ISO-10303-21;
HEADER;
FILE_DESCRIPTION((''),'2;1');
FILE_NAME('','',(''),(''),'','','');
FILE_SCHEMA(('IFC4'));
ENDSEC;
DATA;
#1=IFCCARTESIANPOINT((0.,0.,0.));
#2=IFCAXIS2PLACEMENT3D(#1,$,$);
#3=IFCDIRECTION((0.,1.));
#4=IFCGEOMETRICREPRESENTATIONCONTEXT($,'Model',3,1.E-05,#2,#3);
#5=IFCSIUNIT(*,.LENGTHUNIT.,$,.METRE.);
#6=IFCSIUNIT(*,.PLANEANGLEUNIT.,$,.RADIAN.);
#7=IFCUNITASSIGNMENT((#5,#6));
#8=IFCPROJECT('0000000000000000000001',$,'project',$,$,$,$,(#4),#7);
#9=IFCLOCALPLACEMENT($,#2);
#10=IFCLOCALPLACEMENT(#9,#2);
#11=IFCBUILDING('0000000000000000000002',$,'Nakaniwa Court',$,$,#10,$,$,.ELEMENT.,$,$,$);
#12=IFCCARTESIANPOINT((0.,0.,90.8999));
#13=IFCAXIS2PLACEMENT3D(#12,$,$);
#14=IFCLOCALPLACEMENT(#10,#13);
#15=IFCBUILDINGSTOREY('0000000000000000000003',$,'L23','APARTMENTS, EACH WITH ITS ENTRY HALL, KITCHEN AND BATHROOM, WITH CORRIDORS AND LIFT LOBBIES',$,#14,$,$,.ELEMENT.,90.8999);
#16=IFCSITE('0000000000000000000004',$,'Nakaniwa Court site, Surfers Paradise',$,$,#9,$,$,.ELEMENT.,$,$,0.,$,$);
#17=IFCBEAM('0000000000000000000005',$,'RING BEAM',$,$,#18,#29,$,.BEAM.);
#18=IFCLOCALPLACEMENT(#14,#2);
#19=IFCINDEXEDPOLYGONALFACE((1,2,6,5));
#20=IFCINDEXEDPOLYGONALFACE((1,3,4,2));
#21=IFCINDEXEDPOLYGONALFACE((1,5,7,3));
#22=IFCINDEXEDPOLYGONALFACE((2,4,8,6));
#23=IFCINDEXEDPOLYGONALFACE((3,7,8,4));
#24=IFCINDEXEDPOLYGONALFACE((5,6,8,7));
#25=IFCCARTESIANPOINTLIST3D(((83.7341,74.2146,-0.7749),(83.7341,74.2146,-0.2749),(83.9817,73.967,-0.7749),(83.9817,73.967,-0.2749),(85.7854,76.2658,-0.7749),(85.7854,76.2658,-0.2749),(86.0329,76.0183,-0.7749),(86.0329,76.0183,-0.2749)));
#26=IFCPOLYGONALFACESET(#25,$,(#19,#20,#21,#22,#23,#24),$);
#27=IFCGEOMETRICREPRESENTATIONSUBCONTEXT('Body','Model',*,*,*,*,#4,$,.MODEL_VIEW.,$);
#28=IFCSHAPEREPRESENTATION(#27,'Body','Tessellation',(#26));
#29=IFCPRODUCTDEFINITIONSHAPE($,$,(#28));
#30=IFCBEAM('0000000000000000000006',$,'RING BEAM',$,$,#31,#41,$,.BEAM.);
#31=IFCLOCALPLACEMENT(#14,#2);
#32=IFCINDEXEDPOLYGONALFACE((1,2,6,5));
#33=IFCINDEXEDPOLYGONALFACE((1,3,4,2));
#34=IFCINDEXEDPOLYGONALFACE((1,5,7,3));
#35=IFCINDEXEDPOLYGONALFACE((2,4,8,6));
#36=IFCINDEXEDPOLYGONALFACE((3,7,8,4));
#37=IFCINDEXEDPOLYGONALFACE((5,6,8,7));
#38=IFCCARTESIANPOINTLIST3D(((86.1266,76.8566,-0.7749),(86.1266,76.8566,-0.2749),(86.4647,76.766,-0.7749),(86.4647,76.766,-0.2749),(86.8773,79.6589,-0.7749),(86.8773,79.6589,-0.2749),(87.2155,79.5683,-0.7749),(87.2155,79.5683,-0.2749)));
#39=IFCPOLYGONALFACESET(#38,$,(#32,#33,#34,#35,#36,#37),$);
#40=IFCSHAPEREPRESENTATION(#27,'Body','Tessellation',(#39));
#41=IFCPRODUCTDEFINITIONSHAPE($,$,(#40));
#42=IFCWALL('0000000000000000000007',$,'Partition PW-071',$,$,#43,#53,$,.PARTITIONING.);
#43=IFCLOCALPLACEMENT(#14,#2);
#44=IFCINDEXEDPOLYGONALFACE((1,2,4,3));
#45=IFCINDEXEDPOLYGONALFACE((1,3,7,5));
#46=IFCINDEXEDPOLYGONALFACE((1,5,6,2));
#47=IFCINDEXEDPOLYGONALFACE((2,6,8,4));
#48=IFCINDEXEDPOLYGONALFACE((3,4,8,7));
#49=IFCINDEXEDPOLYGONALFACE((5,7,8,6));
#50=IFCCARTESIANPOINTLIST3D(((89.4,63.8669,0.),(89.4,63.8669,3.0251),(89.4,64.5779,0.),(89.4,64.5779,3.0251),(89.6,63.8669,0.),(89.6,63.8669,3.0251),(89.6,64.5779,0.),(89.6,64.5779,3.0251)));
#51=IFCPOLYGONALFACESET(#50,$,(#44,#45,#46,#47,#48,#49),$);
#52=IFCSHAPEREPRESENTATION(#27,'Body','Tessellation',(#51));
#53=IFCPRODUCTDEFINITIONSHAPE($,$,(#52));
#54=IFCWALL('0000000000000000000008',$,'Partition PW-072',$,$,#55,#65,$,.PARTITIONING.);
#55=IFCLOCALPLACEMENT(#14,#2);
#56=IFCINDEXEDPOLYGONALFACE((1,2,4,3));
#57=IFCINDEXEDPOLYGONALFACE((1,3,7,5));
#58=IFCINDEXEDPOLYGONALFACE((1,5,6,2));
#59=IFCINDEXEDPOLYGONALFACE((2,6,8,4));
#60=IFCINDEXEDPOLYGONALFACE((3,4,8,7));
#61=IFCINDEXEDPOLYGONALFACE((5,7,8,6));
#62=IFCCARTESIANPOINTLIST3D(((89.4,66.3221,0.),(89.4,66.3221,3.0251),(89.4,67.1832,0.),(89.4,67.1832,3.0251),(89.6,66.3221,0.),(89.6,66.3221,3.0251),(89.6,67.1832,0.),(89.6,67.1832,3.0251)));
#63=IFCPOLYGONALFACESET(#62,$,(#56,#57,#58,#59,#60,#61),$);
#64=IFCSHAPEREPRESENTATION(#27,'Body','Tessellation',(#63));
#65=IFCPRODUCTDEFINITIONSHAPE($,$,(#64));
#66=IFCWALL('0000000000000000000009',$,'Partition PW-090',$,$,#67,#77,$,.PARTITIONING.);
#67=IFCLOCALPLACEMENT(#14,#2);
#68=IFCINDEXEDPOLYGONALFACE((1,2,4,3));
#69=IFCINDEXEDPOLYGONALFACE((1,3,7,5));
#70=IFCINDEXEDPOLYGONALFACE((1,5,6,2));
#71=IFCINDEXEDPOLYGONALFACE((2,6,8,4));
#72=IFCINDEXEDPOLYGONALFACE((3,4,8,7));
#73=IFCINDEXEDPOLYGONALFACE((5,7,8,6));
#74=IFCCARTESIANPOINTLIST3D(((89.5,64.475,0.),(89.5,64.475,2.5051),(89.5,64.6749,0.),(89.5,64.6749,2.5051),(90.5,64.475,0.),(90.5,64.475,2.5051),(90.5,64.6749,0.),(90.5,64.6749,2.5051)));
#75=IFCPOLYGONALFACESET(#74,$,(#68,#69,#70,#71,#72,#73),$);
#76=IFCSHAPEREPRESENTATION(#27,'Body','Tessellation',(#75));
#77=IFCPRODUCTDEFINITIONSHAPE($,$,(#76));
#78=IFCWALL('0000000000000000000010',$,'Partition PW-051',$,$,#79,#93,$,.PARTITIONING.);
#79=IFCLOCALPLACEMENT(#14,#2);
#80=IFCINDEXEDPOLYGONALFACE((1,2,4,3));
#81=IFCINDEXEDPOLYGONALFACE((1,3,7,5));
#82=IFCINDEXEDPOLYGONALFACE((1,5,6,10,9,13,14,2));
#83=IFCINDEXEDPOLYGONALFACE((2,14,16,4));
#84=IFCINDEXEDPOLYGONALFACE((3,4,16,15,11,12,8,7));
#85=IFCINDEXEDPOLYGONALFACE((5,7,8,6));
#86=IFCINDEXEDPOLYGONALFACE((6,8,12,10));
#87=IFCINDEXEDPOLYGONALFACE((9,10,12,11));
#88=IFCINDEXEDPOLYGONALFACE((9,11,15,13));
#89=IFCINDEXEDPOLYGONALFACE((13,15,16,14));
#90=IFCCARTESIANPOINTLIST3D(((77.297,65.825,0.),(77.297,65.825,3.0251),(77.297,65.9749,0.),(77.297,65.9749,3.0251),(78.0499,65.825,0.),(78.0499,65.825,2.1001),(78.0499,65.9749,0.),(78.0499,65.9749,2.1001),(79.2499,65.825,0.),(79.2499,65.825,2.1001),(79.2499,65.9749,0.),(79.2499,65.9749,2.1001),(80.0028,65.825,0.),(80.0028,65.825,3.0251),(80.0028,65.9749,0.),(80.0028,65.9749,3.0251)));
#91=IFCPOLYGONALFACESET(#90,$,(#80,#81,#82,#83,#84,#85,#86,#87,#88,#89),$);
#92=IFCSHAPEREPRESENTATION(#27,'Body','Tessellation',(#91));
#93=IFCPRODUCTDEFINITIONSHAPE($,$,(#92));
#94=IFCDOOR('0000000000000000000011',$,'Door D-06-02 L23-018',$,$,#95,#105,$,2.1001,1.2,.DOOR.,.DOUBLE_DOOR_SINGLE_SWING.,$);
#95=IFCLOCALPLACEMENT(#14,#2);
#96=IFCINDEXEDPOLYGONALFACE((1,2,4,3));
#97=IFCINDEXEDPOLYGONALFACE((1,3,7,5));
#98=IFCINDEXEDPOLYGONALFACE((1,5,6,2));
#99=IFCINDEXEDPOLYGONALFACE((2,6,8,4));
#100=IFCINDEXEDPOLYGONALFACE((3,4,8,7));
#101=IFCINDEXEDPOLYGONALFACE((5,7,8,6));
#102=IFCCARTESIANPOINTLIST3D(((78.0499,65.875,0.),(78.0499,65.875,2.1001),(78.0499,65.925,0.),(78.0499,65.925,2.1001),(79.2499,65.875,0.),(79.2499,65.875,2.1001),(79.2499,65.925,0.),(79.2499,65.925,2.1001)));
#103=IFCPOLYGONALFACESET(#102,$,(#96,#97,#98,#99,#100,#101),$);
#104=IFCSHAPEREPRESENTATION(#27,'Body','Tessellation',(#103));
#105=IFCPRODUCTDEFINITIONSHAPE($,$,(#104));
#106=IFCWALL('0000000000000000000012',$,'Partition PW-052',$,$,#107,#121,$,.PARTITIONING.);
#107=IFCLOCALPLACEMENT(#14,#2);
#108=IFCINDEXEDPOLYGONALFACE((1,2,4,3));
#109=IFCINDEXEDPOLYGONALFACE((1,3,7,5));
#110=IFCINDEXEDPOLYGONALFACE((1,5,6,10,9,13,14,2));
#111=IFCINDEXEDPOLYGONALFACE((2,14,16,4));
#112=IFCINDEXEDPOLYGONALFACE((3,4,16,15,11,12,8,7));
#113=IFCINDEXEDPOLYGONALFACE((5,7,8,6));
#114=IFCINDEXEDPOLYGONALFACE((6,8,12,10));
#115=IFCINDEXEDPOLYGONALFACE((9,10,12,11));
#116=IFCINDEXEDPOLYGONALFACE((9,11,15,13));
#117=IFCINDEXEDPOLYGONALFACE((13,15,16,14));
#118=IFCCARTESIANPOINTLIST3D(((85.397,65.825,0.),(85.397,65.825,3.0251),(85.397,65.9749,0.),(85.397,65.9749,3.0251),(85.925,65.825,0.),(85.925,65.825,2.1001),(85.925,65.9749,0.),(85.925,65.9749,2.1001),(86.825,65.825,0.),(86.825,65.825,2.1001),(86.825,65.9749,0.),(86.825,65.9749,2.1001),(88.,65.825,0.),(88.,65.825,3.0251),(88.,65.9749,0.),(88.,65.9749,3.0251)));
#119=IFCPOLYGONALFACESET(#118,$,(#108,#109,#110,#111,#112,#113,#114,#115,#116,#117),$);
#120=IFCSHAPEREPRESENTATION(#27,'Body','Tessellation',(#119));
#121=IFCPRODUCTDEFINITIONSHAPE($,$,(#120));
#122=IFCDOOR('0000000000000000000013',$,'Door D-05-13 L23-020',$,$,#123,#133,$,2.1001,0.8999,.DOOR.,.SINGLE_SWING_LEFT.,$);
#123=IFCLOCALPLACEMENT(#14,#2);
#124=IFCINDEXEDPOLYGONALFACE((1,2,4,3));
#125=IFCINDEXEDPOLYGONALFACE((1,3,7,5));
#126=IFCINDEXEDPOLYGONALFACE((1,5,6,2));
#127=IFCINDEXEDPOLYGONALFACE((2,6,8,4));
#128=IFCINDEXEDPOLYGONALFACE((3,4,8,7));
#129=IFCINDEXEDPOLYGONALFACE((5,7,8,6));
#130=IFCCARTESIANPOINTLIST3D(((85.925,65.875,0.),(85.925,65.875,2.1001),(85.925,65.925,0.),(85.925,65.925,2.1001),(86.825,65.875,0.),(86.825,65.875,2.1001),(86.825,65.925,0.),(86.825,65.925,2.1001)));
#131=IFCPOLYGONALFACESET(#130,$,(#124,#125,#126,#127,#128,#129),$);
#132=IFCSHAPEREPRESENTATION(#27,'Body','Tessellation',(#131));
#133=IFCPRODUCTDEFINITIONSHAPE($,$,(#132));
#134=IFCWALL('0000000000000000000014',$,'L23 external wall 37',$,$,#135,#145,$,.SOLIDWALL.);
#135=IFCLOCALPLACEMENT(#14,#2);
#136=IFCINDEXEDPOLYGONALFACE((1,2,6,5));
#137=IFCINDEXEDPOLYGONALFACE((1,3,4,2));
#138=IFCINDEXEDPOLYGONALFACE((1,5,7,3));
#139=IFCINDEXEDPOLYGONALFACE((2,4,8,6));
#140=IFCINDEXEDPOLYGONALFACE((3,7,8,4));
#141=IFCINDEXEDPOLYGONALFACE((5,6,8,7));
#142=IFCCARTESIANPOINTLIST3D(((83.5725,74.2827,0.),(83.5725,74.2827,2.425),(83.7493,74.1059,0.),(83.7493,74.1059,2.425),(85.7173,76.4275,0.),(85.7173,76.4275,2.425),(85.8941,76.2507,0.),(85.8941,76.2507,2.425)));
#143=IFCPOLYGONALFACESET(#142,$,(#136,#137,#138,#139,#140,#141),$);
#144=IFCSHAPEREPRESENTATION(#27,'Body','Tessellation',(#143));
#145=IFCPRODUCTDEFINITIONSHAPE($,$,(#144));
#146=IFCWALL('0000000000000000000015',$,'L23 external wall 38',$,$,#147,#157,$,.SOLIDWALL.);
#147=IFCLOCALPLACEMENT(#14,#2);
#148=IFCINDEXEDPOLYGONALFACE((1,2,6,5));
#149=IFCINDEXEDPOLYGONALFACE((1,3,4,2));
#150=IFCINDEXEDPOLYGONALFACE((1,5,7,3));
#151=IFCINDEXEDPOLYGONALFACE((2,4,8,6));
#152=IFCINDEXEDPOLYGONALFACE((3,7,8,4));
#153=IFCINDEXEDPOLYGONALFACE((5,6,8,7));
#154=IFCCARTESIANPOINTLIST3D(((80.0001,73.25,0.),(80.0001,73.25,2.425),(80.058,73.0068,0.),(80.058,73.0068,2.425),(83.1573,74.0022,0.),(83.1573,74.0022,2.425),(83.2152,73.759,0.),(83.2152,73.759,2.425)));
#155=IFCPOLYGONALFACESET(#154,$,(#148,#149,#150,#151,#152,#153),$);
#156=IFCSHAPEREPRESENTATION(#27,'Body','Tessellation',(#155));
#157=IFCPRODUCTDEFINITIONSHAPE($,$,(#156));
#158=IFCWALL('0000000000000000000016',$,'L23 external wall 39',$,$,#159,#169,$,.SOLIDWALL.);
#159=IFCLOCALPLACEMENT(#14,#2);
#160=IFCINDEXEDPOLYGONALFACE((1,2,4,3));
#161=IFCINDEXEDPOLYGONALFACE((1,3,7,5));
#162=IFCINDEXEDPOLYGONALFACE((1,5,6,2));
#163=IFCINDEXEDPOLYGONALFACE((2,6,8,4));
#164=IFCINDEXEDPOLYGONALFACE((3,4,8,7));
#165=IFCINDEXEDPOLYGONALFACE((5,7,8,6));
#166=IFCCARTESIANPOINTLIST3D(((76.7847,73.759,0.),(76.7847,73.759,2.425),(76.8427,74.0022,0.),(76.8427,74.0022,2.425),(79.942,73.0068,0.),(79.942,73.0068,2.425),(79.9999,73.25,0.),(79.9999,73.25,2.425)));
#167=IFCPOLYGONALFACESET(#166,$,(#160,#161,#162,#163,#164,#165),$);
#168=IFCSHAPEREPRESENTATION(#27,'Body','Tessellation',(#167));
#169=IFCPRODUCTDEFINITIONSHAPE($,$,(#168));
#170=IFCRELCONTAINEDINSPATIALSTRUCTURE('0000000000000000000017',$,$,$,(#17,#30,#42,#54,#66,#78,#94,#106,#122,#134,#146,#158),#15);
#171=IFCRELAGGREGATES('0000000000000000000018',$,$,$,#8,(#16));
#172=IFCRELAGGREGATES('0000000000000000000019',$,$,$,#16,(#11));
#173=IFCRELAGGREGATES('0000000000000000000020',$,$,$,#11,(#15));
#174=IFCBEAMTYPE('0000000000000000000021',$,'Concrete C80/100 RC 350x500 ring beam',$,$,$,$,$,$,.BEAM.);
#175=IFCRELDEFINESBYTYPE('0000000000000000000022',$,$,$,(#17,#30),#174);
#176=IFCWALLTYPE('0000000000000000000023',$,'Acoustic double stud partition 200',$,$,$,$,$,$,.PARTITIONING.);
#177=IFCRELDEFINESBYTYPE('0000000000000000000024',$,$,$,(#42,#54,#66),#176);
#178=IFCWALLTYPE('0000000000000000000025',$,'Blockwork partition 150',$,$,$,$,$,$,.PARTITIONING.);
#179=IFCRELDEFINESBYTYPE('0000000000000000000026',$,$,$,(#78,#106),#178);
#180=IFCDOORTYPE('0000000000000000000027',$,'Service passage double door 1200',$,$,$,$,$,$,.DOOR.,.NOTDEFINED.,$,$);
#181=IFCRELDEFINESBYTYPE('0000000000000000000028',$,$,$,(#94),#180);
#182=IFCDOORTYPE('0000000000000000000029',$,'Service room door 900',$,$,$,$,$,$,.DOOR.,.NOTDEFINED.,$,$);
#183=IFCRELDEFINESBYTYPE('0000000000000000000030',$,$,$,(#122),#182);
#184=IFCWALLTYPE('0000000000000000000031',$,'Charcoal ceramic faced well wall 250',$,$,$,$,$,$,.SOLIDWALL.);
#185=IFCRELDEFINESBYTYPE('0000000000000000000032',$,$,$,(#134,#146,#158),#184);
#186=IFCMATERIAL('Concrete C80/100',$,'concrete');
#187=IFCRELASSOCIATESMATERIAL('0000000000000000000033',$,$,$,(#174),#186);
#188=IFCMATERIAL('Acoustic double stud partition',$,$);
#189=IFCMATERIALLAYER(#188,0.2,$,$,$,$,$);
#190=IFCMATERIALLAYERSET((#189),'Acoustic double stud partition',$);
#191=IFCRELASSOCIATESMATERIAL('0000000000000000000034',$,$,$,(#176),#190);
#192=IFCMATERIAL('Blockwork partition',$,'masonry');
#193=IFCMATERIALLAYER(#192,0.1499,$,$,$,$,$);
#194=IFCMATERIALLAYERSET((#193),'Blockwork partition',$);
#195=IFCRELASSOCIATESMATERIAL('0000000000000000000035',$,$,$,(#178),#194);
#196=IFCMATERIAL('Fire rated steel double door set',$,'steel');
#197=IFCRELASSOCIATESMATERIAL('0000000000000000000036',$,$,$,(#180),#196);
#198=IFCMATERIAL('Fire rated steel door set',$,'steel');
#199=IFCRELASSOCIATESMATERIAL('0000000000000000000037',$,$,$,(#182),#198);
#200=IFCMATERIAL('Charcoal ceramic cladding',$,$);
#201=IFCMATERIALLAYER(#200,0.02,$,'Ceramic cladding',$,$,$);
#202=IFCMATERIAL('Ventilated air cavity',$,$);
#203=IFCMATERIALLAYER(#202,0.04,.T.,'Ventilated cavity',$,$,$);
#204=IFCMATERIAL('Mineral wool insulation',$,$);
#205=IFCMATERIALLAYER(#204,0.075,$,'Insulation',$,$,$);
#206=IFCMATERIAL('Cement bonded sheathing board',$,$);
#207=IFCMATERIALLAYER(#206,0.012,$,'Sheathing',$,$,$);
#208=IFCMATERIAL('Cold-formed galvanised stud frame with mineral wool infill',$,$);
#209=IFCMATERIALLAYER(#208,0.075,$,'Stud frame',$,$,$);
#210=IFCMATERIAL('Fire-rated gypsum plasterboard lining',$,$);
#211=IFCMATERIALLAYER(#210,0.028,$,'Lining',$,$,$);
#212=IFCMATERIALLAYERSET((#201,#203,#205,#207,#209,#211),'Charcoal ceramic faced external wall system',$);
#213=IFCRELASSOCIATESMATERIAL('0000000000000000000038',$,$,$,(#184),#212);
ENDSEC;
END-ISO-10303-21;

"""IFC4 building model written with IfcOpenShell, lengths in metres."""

from ifc_helpers import new_model, si_unit, direction, frame, frame_2d, origin, origin_2d, place, context, subcontext, project, spatial, rectangle, extrude, material, layer, layer_set, material_profile, profile_set, type_object, element, fill, save


model = new_model("IFC4")

# Units and contexts
model_context = context("Model", 3, precision=1e-05, world=origin(), true_north=direction((0.0, 1.0)))
body_context = subcontext(model_context, "Body", "Model", "MODEL_VIEW")
ifc_project = project(units=[si_unit("LENGTHUNIT", "METRE"), si_unit("PLANEANGLEUNIT", "RADIAN")], contexts=[model_context])

# Site, building, storey
site_placement = place(None, origin())
site = spatial("IfcSite", under=ifc_project, at=site_placement, Name="Nakaniwa Court site, Surfers Paradise", CompositionType="ELEMENT", RefElevation=0.0)
building_placement = place(site_placement, origin())
building = spatial("IfcBuilding", under=site, at=building_placement, Name="Nakaniwa Court", CompositionType="ELEMENT")
storey_placement = place(building_placement, frame((0.0, 0.0, 90.8999)))
storey = spatial("IfcBuildingStorey", under=building, at=storey_placement, Name="L23", Description="APARTMENTS, EACH WITH ITS ENTRY HALL, KITCHEN AND BATHROOM, WITH CORRIDORS AND LIFT LOBBIES", CompositionType="ELEMENT", Elevation=90.8999)

# Shared definitions
ifc_material_1 = material(Name="Concrete C80/100", Category="concrete")

# Beams
ifc_material_profile_1 = material_profile(ifc_material_1, rectangle(XDim=0.3501, YDim=0.5, at=origin_2d()), Name="Concrete C80/100 RC 350x500 ring beam")
ifc_profile_set_1 = profile_set([ifc_material_profile_1], Name="Concrete C80/100")
beam_type = type_object("IfcBeamType", Name="Concrete C80/100 RC 350x500 ring beam", PredefinedType="BEAM", material=ifc_profile_set_1)
beam_1_placement = place(storey_placement, frame((83.8579, 74.0908, -0.5249), z_axis=(0.707107, 0.707107, 0.0), x_axis=(-0.707107, 0.707107, 0.0)))
element("IfcBeam", 1, at=beam_1_placement, inside=storey, type_object=beam_type, Name="RING BEAM", PredefinedType="BEAM", context=body_context, shape_type="SweptSolid", body=[
    extrude(rectangle(XDim=0.3501, YDim=0.5, at=origin_2d()), origin(), (0.0, 0.0, 1.0), 2.9009),
])
beam_2_placement = place(storey_placement, frame((86.2957, 76.8113, -0.5249), z_axis=(0.258778, 0.965937, 0.0), x_axis=(-0.965937, 0.258778, 0.0)))
element("IfcBeam", 2, at=beam_2_placement, inside=storey, type_object=beam_type, Name="RING BEAM", PredefinedType="BEAM", context=body_context, shape_type="SweptSolid", body=[
    extrude(rectangle(XDim=0.3501, YDim=0.5, at=origin_2d()), origin(), (0.0, 0.0, 1.0), 2.9011),
])

# Walls
ifc_material_2 = material(Name="Acoustic double stud partition")
ifc_layer_1 = layer(ifc_material_2, 0.2)
ifc_layer_set_1 = layer_set([ifc_layer_1], Name="Acoustic double stud partition")
wall_type_1 = type_object("IfcWallType", Name="Acoustic double stud partition 200", PredefinedType="PARTITIONING", material=ifc_layer_set_1)
wall_1_placement = place(storey_placement, frame((89.5, 63.8669, 0.0), z_axis=(0.0, 0.0, 1.0), x_axis=(0.0, 1.0, 0.0)))
element("IfcWall", 3, at=wall_1_placement, inside=storey, type_object=wall_type_1, Name="Partition PW-071", PredefinedType="PARTITIONING", context=body_context, shape_type="SweptSolid", body=[
    extrude(rectangle(XDim=0.7109, YDim=0.2, at=frame_2d((0.3555, 0.0))), origin(), (0.0, 0.0, 1.0), 3.0251),
])
wall_2_placement = place(storey_placement, frame((89.5, 66.322, 0.0), z_axis=(0.0, 0.0, 1.0), x_axis=(0.0, 1.0, 0.0)))
element("IfcWall", 4, at=wall_2_placement, inside=storey, type_object=wall_type_1, Name="Partition PW-072", PredefinedType="PARTITIONING", context=body_context, shape_type="SweptSolid", body=[
    extrude(rectangle(XDim=0.8611, YDim=0.2, at=frame_2d((0.4307, 0.0))), origin(), (0.0, 0.0, 1.0), 3.0251),
])
wall_3_placement = place(storey_placement, frame((89.5, 64.575, 0.0), z_axis=(0.0, 0.0, 1.0), x_axis=(1.0, 0.0, 0.0)))
element("IfcWall", 5, at=wall_3_placement, inside=storey, type_object=wall_type_1, Name="Partition PW-090", PredefinedType="PARTITIONING", context=body_context, shape_type="SweptSolid", body=[
    extrude(rectangle(XDim=1.0, YDim=0.2, at=frame_2d((0.5, 0.0))), origin(), (0.0, 0.0, 1.0), 2.5051),
])

# Walls, openings, doors
ifc_material_3 = material(Name="Blockwork partition", Category="masonry")
ifc_layer_2 = layer(ifc_material_3, 0.1499)
ifc_layer_set_2 = layer_set([ifc_layer_2], Name="Blockwork partition")
wall_type_2 = type_object("IfcWallType", Name="Blockwork partition 150", PredefinedType="PARTITIONING", material=ifc_layer_set_2)
wall_4_placement = place(storey_placement, frame((80.0029, 65.8999, 0.0), z_axis=(0.0, 0.0, 1.0), x_axis=(-1.0, 0.0, 0.0)))
wall_4 = element("IfcWall", 6, at=wall_4_placement, inside=storey, type_object=wall_type_2, Name="Partition PW-051", PredefinedType="PARTITIONING", context=body_context, shape_type="SweptSolid", body=[
    extrude(rectangle(XDim=2.7058, YDim=0.1499, at=frame_2d((1.353, 0.0))), origin(), (0.0, 0.0, 1.0), 3.0251),
])
opening_1_placement = place(wall_4_placement, frame((0.7529, 0.0, 0.0)))
opening_1 = element("IfcOpeningElement", 7, at=opening_1_placement, cuts=wall_4, PredefinedType="OPENING", context=body_context, shape_type="SweptSolid", body=[
    extrude(rectangle(XDim=1.2, YDim=2.1001, at=frame_2d((0.6001, 1.05))), frame((0.0, 0.085, 0.0), z_axis=(0.0, -1.0, 0.0), x_axis=(1.0, 0.0, 0.0)), (0.0, 0.0, 1.0), 0.1699),
])
ifc_material_4 = material(Name="Fire rated steel double door set", Category="steel")
door_type_1 = type_object("IfcDoorType", Name="Service passage double door 1200", OperationType="NOTDEFINED", PredefinedType="DOOR", material=ifc_material_4)
door_1_placement = place(opening_1_placement, origin())
door_1 = element("IfcDoor", 8, at=door_1_placement, inside=storey, type_object=door_type_1, Name="Door D-06-02 L23-018", OperationType="DOUBLE_DOOR_SINGLE_SWING", OverallHeight=2.1001, OverallWidth=1.2, PredefinedType="DOOR", context=body_context, shape_type="SweptSolid", body=[
    extrude(rectangle(XDim=1.2, YDim=2.1001, at=frame_2d((0.6001, 1.05))), frame((0.0, 0.0249, 0.0), z_axis=(0.0, -1.0, 0.0), x_axis=(1.0, 0.0, 0.0)), (0.0, 0.0, 1.0), 0.05),
])
fill(opening_1, door_1)
wall_5_placement = place(storey_placement, frame((88.0, 65.8999, 0.0), z_axis=(0.0, 0.0, 1.0), x_axis=(-1.0, 0.0, 0.0)))
wall_5 = element("IfcWall", 9, at=wall_5_placement, inside=storey, type_object=wall_type_2, Name="Partition PW-052", PredefinedType="PARTITIONING", context=body_context, shape_type="SweptSolid", body=[
    extrude(rectangle(XDim=2.603, YDim=0.1499, at=frame_2d((1.3015, 0.0))), origin(), (0.0, 0.0, 1.0), 3.0251),
])
opening_2_placement = place(wall_5_placement, frame((1.175, 0.0, 0.0)))
opening_2 = element("IfcOpeningElement", 10, at=opening_2_placement, cuts=wall_5, PredefinedType="OPENING", context=body_context, shape_type="SweptSolid", body=[
    extrude(rectangle(XDim=0.8999, YDim=2.1001, at=frame_2d((0.45, 1.05))), frame((0.0, 0.085, 0.0), z_axis=(0.0, -1.0, 0.0), x_axis=(1.0, 0.0, 0.0)), (0.0, 0.0, 1.0), 0.1699),
])
ifc_material_5 = material(Name="Fire rated steel door set", Category="steel")
door_type_2 = type_object("IfcDoorType", Name="Service room door 900", OperationType="NOTDEFINED", PredefinedType="DOOR", material=ifc_material_5)
door_2_placement = place(opening_2_placement, origin())
door_2 = element("IfcDoor", 11, at=door_2_placement, inside=storey, type_object=door_type_2, Name="Door D-05-13 L23-020", OperationType="SINGLE_SWING_LEFT", OverallHeight=2.1001, OverallWidth=0.8999, PredefinedType="DOOR", context=body_context, shape_type="SweptSolid", body=[
    extrude(rectangle(XDim=0.8999, YDim=2.1001, at=frame_2d((0.45, 1.05))), frame((0.0, 0.0249, 0.0), z_axis=(0.0, -1.0, 0.0), x_axis=(1.0, 0.0, 0.0)), (0.0, 0.0, 1.0), 0.05),
])
fill(opening_2, door_2)

# Walls
ifc_material_6 = material(Name="Charcoal ceramic cladding")
ifc_layer_3 = layer(ifc_material_6, 0.02, Name="Ceramic cladding")
ifc_material_7 = material(Name="Ventilated air cavity")
ifc_layer_4 = layer(ifc_material_7, 0.04, ventilated=True, Name="Ventilated cavity")
ifc_material_8 = material(Name="Mineral wool insulation")
ifc_layer_5 = layer(ifc_material_8, 0.075, Name="Insulation")
ifc_material_9 = material(Name="Cement bonded sheathing board")
ifc_layer_6 = layer(ifc_material_9, 0.012, Name="Sheathing")
ifc_material_10 = material(Name="Cold-formed galvanised stud frame with mineral wool infill")
ifc_layer_7 = layer(ifc_material_10, 0.075, Name="Stud frame")
ifc_material_11 = material(Name="Fire-rated gypsum plasterboard lining")
ifc_layer_8 = layer(ifc_material_11, 0.028, Name="Lining")
ifc_layer_set_3 = layer_set([ifc_layer_3, ifc_layer_4, ifc_layer_5, ifc_layer_6, ifc_layer_7, ifc_layer_8], Name="Charcoal ceramic faced external wall system")
wall_type_3 = type_object("IfcWallType", Name="Charcoal ceramic faced well wall 250", PredefinedType="SOLIDWALL", material=ifc_layer_set_3)
wall_6_placement = place(storey_placement, frame((85.8057, 76.3391, 0.0), z_axis=(0.0, 0.0, 1.0), x_axis=(-0.707107, -0.707107, 0.0)))
element("IfcWall", 12, at=wall_6_placement, inside=storey, type_object=wall_type_3, Name="L23 external wall 37", PredefinedType="SOLIDWALL", context=body_context, shape_type="SweptSolid", body=[
    extrude(rectangle(XDim=3.0332, YDim=0.25, at=frame_2d((1.5166, 0.0))), origin(), (0.0, 0.0, 1.0), 2.425),
])
for number, where, z_axis, x_axis, name in (
    (13, (83.1863, 73.8806, 0.0), (0.0, 0.0, 1.0), (-0.972773, -0.23176, 0.0), "L23 external wall 38"),
    (14, (79.9709, 73.1284, 0.0), (0.0, 0.0, 1.0), (-0.972773, 0.23176, 0.0), "L23 external wall 39"),
):
    element("IfcWall", number, at=place(storey_placement, frame(where, z_axis=z_axis, x_axis=x_axis)), inside=storey, type_object=wall_type_3, Name=name, PredefinedType="SOLIDWALL", context=body_context, shape_type="SweptSolid", body=[
        extrude(rectangle(XDim=3.2456, YDim=0.25, at=frame_2d((1.6228, 0.0))), origin(), (0.0, 0.0, 1.0), 2.425),
    ])

save(model, "model.ifc")
